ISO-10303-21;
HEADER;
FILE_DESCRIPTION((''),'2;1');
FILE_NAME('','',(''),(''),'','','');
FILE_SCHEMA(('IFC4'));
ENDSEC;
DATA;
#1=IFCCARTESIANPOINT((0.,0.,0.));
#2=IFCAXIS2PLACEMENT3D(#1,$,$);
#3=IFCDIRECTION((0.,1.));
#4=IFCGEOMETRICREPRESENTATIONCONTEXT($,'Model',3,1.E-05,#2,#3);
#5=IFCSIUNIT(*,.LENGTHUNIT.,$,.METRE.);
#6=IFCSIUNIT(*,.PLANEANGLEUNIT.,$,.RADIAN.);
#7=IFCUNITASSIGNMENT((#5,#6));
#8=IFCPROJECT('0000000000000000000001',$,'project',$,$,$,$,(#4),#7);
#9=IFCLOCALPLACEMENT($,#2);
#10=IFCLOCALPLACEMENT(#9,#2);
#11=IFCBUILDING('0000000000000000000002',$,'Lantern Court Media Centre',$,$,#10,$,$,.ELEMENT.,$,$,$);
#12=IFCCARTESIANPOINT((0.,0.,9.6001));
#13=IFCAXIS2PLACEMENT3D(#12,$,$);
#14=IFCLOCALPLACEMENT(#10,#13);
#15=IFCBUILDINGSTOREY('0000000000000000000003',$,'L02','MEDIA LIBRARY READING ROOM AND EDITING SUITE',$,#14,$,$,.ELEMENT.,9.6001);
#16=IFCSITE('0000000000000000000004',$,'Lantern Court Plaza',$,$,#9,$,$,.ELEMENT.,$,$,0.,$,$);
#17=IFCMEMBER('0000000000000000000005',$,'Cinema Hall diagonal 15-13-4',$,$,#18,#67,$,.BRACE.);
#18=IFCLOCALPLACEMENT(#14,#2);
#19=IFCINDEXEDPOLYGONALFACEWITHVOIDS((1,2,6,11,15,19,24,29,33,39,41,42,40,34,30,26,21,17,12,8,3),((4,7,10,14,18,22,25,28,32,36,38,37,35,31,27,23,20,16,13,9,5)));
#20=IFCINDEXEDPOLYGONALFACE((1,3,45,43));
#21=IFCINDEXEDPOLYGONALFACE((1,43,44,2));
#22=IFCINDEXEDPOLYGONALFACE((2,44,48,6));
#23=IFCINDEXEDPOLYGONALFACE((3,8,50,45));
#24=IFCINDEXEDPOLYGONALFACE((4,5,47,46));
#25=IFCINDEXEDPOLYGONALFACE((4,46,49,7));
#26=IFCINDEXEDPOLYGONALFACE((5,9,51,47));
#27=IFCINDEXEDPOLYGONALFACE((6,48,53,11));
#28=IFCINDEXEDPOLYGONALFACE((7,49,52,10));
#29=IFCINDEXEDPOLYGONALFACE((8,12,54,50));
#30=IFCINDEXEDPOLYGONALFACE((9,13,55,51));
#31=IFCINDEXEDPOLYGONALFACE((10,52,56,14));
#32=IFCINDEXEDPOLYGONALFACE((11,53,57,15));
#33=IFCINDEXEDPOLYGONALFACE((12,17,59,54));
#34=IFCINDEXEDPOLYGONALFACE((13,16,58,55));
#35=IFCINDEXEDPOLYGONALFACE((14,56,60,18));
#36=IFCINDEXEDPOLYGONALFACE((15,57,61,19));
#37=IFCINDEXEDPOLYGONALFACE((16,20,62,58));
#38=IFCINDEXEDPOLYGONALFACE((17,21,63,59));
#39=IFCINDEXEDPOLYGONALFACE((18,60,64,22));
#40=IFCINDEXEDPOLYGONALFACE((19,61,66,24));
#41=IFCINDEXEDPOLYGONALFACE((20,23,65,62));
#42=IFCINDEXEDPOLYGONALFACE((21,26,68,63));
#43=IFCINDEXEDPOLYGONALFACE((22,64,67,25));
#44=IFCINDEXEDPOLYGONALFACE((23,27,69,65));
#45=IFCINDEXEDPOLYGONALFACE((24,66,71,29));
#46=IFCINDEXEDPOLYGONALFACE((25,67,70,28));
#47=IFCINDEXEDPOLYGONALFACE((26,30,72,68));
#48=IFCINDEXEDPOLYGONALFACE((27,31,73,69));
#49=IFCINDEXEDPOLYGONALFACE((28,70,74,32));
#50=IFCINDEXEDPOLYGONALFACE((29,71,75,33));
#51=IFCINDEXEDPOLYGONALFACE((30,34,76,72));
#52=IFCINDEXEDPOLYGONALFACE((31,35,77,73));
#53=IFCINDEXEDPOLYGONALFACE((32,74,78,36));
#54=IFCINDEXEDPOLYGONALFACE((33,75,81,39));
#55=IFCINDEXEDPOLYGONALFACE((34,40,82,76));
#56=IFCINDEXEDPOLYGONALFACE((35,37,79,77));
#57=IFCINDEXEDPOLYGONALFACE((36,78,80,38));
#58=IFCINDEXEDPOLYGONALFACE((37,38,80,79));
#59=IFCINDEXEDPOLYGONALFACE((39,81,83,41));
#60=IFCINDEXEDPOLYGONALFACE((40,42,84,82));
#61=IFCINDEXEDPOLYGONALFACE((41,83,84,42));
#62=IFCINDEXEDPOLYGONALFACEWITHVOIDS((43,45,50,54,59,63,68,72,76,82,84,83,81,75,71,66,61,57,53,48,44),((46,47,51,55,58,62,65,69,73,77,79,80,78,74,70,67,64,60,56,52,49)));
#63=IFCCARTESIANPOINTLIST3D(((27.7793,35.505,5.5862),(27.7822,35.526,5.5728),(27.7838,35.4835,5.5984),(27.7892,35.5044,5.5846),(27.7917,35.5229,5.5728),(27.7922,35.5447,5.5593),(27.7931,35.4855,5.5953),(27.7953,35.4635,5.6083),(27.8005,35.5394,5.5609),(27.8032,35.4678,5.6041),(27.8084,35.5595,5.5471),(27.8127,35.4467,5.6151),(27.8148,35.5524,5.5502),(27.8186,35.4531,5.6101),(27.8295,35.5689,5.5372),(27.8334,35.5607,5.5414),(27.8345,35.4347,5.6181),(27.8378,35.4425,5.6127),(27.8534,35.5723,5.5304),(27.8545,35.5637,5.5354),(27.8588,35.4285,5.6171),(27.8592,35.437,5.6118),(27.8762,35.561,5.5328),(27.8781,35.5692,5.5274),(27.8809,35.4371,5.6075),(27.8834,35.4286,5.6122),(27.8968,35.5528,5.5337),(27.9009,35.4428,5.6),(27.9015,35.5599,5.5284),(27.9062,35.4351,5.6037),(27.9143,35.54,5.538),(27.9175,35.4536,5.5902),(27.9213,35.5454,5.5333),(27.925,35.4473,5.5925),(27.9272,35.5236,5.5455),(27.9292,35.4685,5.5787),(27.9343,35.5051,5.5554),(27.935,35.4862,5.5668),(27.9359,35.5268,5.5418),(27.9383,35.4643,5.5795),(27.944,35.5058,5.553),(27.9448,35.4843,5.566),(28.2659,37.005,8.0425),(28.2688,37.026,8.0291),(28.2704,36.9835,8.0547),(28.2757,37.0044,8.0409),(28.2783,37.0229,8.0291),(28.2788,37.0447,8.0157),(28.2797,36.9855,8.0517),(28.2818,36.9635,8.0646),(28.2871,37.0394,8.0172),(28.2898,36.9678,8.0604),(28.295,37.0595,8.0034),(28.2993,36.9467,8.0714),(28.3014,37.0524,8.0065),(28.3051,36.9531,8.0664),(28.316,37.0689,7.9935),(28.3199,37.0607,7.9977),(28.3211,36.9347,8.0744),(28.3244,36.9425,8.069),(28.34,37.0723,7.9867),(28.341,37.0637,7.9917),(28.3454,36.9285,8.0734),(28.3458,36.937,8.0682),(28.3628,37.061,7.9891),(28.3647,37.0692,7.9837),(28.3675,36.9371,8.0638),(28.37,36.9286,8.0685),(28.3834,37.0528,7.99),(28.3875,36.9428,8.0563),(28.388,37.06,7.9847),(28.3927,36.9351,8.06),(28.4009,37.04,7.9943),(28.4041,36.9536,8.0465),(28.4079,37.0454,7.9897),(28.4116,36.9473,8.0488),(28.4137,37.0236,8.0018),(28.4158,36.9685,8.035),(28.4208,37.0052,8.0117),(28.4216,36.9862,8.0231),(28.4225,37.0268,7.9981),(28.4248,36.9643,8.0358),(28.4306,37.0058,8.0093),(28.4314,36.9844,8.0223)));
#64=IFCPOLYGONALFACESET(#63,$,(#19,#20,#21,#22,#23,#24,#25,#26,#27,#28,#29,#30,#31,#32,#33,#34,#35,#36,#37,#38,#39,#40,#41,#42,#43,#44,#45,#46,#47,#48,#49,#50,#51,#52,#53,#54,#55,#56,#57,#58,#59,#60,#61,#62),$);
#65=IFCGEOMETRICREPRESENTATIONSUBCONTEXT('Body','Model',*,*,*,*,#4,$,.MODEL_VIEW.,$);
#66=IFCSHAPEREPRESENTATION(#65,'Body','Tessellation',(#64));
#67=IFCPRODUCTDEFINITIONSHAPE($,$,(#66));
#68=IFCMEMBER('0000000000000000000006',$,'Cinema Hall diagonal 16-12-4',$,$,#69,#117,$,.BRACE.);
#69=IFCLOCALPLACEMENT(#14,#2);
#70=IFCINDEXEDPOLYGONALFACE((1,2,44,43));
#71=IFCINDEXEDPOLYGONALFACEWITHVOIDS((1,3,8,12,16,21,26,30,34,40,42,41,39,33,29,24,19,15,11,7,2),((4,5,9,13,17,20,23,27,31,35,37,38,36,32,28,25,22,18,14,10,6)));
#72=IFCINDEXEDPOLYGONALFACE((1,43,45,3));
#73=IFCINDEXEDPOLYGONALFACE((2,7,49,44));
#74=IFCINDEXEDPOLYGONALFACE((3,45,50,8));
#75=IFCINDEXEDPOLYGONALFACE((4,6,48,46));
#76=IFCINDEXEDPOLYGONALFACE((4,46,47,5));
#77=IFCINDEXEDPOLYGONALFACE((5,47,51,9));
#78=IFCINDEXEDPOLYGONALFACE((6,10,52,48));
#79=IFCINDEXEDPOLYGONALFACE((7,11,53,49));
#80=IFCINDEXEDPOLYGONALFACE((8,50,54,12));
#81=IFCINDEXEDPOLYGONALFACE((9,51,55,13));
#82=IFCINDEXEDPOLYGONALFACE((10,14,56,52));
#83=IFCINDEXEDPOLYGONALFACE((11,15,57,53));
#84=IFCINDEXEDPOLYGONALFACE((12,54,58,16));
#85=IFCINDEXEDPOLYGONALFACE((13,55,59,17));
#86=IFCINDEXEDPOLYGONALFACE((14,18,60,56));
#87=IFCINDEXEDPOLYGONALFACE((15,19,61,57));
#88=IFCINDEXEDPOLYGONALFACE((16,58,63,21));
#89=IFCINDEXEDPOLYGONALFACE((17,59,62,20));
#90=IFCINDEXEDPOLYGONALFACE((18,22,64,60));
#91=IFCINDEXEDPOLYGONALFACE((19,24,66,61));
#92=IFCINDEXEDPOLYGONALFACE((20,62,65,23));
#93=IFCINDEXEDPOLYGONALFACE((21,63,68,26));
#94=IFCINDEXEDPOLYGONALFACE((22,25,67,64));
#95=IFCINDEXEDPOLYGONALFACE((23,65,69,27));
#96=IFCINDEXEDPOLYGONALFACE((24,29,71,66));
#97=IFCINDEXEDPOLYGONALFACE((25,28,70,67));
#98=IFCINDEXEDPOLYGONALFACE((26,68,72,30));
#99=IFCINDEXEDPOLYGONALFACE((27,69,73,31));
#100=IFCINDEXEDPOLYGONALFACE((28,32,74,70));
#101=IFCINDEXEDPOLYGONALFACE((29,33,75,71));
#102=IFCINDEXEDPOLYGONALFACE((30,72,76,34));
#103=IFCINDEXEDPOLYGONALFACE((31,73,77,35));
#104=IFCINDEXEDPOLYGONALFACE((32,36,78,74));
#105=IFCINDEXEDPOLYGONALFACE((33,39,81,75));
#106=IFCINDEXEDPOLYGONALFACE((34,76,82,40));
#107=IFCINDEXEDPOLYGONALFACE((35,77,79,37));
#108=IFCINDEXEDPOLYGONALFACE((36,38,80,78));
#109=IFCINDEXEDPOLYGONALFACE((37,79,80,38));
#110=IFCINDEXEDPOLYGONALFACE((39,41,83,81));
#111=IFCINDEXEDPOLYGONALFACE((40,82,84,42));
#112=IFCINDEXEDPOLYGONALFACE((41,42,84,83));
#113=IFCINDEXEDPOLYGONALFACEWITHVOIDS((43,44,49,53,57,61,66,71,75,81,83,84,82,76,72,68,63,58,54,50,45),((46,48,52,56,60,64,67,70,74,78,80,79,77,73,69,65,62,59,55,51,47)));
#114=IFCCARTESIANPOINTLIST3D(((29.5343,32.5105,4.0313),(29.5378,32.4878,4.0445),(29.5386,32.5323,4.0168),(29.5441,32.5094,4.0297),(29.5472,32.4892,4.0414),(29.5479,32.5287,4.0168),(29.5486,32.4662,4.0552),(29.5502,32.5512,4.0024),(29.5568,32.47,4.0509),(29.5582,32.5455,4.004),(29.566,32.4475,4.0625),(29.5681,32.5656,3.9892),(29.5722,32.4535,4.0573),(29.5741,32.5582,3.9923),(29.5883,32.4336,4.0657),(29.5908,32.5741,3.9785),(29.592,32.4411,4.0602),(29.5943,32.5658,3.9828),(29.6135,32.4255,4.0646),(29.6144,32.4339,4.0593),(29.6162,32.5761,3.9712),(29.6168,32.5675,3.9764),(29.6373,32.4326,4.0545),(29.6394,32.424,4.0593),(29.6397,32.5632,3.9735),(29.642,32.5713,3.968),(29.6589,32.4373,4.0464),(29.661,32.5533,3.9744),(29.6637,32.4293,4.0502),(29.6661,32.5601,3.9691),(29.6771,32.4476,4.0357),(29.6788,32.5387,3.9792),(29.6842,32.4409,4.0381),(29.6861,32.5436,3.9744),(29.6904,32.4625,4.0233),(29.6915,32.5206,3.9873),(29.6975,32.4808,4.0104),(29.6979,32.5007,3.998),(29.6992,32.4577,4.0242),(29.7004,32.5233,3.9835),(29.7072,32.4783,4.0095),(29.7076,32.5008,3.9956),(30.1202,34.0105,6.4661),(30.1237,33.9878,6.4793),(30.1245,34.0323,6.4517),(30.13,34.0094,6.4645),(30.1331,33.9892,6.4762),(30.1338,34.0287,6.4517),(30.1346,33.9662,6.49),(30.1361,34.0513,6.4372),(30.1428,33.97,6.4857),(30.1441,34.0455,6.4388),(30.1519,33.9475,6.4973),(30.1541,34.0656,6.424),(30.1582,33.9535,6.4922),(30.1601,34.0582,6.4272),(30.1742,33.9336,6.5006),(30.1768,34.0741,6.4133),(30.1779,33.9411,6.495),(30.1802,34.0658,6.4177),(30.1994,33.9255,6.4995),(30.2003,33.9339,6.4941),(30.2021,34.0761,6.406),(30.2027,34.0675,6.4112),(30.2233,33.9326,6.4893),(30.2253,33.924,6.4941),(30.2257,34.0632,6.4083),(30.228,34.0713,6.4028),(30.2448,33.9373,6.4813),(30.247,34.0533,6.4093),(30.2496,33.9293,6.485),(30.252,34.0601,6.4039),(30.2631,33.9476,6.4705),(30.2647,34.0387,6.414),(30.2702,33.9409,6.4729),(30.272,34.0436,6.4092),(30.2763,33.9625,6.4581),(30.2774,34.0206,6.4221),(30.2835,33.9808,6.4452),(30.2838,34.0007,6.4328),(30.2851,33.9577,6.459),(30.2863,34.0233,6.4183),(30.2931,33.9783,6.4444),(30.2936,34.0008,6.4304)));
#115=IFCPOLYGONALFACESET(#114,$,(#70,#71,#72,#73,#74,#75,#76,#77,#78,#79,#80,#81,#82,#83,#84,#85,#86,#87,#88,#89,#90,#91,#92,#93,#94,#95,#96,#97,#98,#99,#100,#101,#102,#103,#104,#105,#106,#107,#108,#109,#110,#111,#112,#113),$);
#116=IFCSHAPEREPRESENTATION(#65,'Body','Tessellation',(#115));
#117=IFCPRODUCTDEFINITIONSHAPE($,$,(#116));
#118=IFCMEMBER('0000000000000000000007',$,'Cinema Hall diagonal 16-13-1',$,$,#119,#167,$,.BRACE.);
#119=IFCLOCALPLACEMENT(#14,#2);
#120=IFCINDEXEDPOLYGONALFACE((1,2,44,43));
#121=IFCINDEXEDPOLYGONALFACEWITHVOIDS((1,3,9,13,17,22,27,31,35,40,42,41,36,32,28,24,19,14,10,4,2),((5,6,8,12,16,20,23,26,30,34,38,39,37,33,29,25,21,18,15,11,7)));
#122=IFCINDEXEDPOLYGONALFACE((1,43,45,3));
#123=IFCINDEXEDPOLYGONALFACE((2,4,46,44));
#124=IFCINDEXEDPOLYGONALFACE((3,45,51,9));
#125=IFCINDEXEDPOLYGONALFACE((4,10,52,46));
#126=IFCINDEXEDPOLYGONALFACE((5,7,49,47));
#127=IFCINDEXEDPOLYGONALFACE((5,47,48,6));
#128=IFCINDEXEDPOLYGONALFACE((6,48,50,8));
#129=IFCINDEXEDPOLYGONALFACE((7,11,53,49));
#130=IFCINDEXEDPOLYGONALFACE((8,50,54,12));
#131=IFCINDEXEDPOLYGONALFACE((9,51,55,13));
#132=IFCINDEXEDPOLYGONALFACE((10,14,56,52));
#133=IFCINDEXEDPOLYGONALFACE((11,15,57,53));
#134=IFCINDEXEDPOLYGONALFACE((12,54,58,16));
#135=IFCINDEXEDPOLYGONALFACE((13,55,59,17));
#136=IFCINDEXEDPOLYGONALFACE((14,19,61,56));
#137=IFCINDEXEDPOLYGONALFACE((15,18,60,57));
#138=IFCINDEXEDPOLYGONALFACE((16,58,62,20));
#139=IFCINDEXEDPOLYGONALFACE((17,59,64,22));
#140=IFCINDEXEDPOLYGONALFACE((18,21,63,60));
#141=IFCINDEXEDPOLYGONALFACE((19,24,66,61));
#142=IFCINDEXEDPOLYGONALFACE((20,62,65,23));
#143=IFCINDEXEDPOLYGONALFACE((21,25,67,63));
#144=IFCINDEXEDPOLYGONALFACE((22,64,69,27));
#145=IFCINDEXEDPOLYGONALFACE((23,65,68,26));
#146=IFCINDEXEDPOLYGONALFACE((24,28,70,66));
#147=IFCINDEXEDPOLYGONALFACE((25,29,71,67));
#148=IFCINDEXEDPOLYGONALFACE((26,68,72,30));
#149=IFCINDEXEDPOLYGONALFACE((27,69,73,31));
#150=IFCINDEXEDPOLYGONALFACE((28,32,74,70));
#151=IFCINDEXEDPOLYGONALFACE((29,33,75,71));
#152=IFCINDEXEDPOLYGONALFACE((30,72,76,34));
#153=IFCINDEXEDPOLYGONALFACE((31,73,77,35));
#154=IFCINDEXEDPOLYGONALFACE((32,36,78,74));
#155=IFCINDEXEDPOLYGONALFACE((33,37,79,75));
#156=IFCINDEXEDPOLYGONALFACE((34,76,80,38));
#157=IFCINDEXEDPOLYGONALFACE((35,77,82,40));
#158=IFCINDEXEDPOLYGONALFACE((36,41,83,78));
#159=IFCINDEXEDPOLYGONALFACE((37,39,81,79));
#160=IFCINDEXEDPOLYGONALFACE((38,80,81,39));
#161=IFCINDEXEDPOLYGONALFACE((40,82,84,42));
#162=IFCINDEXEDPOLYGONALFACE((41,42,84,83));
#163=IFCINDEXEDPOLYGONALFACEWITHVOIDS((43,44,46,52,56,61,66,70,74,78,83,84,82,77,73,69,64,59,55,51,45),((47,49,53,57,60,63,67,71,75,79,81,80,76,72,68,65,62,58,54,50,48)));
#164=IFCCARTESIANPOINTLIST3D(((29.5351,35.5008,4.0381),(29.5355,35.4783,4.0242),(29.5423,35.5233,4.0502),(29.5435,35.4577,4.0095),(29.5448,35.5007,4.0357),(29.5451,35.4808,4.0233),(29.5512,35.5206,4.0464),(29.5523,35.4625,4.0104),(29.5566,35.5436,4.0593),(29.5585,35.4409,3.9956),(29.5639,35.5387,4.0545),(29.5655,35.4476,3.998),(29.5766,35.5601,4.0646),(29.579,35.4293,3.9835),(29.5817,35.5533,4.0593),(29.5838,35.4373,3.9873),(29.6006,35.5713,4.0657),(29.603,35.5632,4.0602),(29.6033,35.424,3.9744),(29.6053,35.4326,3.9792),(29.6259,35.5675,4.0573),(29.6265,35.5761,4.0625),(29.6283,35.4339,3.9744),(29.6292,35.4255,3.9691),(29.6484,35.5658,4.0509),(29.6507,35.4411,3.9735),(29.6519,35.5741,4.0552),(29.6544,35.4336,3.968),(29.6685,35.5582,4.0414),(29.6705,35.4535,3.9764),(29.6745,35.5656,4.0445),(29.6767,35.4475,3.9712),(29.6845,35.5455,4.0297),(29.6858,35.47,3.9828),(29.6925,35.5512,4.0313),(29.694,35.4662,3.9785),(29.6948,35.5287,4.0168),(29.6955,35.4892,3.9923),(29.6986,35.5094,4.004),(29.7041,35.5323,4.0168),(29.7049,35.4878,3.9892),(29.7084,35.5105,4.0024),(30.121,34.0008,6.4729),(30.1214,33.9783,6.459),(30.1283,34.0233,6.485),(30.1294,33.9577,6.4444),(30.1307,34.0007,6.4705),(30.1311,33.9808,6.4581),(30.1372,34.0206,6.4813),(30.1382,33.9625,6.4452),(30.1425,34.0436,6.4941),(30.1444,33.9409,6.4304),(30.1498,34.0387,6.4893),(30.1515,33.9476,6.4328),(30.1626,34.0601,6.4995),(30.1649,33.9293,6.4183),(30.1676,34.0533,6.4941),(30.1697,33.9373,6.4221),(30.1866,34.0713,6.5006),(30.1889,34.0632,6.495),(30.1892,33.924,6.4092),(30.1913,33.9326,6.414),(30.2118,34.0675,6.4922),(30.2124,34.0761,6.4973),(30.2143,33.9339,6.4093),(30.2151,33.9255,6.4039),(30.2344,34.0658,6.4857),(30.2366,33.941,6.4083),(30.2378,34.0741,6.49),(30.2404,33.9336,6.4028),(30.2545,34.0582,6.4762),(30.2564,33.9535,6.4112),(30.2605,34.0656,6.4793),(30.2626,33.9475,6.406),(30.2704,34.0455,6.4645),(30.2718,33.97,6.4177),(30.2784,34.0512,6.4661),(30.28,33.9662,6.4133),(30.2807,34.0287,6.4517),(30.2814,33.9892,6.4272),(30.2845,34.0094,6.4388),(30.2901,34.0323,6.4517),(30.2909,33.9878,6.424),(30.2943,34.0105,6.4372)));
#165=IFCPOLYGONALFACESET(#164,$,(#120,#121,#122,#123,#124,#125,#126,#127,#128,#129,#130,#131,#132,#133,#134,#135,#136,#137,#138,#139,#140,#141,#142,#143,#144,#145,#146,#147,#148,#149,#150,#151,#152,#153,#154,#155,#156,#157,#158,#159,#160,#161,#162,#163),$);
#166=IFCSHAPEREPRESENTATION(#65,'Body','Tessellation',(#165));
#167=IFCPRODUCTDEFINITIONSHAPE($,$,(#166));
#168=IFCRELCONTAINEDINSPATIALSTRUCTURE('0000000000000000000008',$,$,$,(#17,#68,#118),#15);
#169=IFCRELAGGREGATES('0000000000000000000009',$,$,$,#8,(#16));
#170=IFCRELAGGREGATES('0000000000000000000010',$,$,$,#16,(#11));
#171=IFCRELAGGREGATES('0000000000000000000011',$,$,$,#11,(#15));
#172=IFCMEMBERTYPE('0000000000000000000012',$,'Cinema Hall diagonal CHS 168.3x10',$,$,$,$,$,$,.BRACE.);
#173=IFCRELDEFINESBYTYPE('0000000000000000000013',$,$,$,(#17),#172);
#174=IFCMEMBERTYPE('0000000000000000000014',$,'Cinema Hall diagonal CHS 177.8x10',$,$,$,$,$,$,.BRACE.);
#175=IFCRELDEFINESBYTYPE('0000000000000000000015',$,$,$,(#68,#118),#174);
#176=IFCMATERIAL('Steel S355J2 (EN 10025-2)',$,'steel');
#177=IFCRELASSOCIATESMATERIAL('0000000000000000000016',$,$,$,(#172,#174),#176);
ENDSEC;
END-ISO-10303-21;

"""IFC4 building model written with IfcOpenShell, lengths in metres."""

from ifc_helpers import new_model, si_unit, direction, frame, origin, origin_2d, place, context, subcontext, project, spatial, hollow_circle, extrude, material, material_profile, profile_set, type_object, element, save


model = new_model("IFC4")

# Units and contexts
model_context = context("Model", 3, precision=1e-05, world=origin(), true_north=direction((0.0, 1.0)))
body_context = subcontext(model_context, "Body", "Model", "MODEL_VIEW")
ifc_project = project(units=[si_unit("LENGTHUNIT", "METRE"), si_unit("PLANEANGLEUNIT", "RADIAN")], contexts=[model_context])

# Site, building, storey
site_placement = place(None, origin())
site = spatial("IfcSite", under=ifc_project, at=site_placement, Name="Lantern Court Plaza", CompositionType="ELEMENT", RefElevation=0.0)
building_placement = place(site_placement, origin())
building = spatial("IfcBuilding", under=site, at=building_placement, Name="Lantern Court Media Centre", CompositionType="ELEMENT")
storey_placement = place(building_placement, frame((0.0, 0.0, 9.6001)))
storey = spatial("IfcBuildingStorey", under=building, at=storey_placement, Name="L02", Description="MEDIA LIBRARY READING ROOM AND EDITING SUITE", CompositionType="ELEMENT", Elevation=9.6001)

# Members
ifc_material_1 = material(Name="Steel S355J2 (EN 10025-2)", Category="steel")
ifc_material_profile_1 = material_profile(ifc_material_1, hollow_circle(Radius=0.0842, WallThickness=0.01, at=origin_2d()), Name="Cinema Hall diagonal CHS 168.3x10")
ifc_profile_set_1 = profile_set([ifc_material_profile_1], Name="Steel S355J2 (EN 10025-2)")
member_type_1 = type_object("IfcMemberType", Name="Cinema Hall diagonal CHS 168.3x10", PredefinedType="BRACE", material=ifc_profile_set_1)
member_1_placement = place(storey_placement, frame((27.8623, 35.5, 5.5728), z_axis=(0.166695, 0.513887, 0.841506), x_axis=(-0.951207, 0.308554, 0.0)))
element("IfcMember", 1, at=member_1_placement, inside=storey, type_object=member_type_1, Name="Cinema Hall diagonal 15-13-4", PredefinedType="BRACE", context=body_context, shape_type="SweptSolid", body=[
    extrude(hollow_circle(Radius=0.0842, WallThickness=0.01, at=origin_2d()), origin(), (0.0, 0.0, 1.0), 2.9189),
])
ifc_material_profile_2 = material_profile(ifc_material_1, hollow_circle(Radius=0.0889, WallThickness=0.01, at=origin_2d()), Name="Cinema Hall diagonal CHS 177.8x10")
ifc_profile_set_2 = profile_set([ifc_material_profile_2], Name="Steel S355J2 (EN 10025-2)")
member_type_2 = type_object("IfcMemberType", Name="Cinema Hall diagonal CHS 177.8x10", PredefinedType="BRACE", material=ifc_profile_set_2)
for number, where, z_axis, x_axis, name in (
    (2, (29.6213, 32.5, 4.0168), (0.20072, 0.513842, 0.834073), (-0.931457, 0.363851, 0.0), "Cinema Hall diagonal 16-12-4"),
    (3, (29.6213, 35.5, 4.0168), (0.20072, -0.513842, 0.834073), (0.931457, 0.363851, 0.0), "Cinema Hall diagonal 16-13-1"),
):
    element("IfcMember", number, at=place(storey_placement, frame(where, z_axis=z_axis, x_axis=x_axis)), inside=storey, type_object=member_type_2, Name=name, PredefinedType="BRACE", context=body_context, shape_type="SweptSolid", body=[
        extrude(hollow_circle(Radius=0.0889, WallThickness=0.01, at=origin_2d()), origin(), (0.0, 0.0, 1.0), 2.9192),
    ])

save(model, "model.ifc")
